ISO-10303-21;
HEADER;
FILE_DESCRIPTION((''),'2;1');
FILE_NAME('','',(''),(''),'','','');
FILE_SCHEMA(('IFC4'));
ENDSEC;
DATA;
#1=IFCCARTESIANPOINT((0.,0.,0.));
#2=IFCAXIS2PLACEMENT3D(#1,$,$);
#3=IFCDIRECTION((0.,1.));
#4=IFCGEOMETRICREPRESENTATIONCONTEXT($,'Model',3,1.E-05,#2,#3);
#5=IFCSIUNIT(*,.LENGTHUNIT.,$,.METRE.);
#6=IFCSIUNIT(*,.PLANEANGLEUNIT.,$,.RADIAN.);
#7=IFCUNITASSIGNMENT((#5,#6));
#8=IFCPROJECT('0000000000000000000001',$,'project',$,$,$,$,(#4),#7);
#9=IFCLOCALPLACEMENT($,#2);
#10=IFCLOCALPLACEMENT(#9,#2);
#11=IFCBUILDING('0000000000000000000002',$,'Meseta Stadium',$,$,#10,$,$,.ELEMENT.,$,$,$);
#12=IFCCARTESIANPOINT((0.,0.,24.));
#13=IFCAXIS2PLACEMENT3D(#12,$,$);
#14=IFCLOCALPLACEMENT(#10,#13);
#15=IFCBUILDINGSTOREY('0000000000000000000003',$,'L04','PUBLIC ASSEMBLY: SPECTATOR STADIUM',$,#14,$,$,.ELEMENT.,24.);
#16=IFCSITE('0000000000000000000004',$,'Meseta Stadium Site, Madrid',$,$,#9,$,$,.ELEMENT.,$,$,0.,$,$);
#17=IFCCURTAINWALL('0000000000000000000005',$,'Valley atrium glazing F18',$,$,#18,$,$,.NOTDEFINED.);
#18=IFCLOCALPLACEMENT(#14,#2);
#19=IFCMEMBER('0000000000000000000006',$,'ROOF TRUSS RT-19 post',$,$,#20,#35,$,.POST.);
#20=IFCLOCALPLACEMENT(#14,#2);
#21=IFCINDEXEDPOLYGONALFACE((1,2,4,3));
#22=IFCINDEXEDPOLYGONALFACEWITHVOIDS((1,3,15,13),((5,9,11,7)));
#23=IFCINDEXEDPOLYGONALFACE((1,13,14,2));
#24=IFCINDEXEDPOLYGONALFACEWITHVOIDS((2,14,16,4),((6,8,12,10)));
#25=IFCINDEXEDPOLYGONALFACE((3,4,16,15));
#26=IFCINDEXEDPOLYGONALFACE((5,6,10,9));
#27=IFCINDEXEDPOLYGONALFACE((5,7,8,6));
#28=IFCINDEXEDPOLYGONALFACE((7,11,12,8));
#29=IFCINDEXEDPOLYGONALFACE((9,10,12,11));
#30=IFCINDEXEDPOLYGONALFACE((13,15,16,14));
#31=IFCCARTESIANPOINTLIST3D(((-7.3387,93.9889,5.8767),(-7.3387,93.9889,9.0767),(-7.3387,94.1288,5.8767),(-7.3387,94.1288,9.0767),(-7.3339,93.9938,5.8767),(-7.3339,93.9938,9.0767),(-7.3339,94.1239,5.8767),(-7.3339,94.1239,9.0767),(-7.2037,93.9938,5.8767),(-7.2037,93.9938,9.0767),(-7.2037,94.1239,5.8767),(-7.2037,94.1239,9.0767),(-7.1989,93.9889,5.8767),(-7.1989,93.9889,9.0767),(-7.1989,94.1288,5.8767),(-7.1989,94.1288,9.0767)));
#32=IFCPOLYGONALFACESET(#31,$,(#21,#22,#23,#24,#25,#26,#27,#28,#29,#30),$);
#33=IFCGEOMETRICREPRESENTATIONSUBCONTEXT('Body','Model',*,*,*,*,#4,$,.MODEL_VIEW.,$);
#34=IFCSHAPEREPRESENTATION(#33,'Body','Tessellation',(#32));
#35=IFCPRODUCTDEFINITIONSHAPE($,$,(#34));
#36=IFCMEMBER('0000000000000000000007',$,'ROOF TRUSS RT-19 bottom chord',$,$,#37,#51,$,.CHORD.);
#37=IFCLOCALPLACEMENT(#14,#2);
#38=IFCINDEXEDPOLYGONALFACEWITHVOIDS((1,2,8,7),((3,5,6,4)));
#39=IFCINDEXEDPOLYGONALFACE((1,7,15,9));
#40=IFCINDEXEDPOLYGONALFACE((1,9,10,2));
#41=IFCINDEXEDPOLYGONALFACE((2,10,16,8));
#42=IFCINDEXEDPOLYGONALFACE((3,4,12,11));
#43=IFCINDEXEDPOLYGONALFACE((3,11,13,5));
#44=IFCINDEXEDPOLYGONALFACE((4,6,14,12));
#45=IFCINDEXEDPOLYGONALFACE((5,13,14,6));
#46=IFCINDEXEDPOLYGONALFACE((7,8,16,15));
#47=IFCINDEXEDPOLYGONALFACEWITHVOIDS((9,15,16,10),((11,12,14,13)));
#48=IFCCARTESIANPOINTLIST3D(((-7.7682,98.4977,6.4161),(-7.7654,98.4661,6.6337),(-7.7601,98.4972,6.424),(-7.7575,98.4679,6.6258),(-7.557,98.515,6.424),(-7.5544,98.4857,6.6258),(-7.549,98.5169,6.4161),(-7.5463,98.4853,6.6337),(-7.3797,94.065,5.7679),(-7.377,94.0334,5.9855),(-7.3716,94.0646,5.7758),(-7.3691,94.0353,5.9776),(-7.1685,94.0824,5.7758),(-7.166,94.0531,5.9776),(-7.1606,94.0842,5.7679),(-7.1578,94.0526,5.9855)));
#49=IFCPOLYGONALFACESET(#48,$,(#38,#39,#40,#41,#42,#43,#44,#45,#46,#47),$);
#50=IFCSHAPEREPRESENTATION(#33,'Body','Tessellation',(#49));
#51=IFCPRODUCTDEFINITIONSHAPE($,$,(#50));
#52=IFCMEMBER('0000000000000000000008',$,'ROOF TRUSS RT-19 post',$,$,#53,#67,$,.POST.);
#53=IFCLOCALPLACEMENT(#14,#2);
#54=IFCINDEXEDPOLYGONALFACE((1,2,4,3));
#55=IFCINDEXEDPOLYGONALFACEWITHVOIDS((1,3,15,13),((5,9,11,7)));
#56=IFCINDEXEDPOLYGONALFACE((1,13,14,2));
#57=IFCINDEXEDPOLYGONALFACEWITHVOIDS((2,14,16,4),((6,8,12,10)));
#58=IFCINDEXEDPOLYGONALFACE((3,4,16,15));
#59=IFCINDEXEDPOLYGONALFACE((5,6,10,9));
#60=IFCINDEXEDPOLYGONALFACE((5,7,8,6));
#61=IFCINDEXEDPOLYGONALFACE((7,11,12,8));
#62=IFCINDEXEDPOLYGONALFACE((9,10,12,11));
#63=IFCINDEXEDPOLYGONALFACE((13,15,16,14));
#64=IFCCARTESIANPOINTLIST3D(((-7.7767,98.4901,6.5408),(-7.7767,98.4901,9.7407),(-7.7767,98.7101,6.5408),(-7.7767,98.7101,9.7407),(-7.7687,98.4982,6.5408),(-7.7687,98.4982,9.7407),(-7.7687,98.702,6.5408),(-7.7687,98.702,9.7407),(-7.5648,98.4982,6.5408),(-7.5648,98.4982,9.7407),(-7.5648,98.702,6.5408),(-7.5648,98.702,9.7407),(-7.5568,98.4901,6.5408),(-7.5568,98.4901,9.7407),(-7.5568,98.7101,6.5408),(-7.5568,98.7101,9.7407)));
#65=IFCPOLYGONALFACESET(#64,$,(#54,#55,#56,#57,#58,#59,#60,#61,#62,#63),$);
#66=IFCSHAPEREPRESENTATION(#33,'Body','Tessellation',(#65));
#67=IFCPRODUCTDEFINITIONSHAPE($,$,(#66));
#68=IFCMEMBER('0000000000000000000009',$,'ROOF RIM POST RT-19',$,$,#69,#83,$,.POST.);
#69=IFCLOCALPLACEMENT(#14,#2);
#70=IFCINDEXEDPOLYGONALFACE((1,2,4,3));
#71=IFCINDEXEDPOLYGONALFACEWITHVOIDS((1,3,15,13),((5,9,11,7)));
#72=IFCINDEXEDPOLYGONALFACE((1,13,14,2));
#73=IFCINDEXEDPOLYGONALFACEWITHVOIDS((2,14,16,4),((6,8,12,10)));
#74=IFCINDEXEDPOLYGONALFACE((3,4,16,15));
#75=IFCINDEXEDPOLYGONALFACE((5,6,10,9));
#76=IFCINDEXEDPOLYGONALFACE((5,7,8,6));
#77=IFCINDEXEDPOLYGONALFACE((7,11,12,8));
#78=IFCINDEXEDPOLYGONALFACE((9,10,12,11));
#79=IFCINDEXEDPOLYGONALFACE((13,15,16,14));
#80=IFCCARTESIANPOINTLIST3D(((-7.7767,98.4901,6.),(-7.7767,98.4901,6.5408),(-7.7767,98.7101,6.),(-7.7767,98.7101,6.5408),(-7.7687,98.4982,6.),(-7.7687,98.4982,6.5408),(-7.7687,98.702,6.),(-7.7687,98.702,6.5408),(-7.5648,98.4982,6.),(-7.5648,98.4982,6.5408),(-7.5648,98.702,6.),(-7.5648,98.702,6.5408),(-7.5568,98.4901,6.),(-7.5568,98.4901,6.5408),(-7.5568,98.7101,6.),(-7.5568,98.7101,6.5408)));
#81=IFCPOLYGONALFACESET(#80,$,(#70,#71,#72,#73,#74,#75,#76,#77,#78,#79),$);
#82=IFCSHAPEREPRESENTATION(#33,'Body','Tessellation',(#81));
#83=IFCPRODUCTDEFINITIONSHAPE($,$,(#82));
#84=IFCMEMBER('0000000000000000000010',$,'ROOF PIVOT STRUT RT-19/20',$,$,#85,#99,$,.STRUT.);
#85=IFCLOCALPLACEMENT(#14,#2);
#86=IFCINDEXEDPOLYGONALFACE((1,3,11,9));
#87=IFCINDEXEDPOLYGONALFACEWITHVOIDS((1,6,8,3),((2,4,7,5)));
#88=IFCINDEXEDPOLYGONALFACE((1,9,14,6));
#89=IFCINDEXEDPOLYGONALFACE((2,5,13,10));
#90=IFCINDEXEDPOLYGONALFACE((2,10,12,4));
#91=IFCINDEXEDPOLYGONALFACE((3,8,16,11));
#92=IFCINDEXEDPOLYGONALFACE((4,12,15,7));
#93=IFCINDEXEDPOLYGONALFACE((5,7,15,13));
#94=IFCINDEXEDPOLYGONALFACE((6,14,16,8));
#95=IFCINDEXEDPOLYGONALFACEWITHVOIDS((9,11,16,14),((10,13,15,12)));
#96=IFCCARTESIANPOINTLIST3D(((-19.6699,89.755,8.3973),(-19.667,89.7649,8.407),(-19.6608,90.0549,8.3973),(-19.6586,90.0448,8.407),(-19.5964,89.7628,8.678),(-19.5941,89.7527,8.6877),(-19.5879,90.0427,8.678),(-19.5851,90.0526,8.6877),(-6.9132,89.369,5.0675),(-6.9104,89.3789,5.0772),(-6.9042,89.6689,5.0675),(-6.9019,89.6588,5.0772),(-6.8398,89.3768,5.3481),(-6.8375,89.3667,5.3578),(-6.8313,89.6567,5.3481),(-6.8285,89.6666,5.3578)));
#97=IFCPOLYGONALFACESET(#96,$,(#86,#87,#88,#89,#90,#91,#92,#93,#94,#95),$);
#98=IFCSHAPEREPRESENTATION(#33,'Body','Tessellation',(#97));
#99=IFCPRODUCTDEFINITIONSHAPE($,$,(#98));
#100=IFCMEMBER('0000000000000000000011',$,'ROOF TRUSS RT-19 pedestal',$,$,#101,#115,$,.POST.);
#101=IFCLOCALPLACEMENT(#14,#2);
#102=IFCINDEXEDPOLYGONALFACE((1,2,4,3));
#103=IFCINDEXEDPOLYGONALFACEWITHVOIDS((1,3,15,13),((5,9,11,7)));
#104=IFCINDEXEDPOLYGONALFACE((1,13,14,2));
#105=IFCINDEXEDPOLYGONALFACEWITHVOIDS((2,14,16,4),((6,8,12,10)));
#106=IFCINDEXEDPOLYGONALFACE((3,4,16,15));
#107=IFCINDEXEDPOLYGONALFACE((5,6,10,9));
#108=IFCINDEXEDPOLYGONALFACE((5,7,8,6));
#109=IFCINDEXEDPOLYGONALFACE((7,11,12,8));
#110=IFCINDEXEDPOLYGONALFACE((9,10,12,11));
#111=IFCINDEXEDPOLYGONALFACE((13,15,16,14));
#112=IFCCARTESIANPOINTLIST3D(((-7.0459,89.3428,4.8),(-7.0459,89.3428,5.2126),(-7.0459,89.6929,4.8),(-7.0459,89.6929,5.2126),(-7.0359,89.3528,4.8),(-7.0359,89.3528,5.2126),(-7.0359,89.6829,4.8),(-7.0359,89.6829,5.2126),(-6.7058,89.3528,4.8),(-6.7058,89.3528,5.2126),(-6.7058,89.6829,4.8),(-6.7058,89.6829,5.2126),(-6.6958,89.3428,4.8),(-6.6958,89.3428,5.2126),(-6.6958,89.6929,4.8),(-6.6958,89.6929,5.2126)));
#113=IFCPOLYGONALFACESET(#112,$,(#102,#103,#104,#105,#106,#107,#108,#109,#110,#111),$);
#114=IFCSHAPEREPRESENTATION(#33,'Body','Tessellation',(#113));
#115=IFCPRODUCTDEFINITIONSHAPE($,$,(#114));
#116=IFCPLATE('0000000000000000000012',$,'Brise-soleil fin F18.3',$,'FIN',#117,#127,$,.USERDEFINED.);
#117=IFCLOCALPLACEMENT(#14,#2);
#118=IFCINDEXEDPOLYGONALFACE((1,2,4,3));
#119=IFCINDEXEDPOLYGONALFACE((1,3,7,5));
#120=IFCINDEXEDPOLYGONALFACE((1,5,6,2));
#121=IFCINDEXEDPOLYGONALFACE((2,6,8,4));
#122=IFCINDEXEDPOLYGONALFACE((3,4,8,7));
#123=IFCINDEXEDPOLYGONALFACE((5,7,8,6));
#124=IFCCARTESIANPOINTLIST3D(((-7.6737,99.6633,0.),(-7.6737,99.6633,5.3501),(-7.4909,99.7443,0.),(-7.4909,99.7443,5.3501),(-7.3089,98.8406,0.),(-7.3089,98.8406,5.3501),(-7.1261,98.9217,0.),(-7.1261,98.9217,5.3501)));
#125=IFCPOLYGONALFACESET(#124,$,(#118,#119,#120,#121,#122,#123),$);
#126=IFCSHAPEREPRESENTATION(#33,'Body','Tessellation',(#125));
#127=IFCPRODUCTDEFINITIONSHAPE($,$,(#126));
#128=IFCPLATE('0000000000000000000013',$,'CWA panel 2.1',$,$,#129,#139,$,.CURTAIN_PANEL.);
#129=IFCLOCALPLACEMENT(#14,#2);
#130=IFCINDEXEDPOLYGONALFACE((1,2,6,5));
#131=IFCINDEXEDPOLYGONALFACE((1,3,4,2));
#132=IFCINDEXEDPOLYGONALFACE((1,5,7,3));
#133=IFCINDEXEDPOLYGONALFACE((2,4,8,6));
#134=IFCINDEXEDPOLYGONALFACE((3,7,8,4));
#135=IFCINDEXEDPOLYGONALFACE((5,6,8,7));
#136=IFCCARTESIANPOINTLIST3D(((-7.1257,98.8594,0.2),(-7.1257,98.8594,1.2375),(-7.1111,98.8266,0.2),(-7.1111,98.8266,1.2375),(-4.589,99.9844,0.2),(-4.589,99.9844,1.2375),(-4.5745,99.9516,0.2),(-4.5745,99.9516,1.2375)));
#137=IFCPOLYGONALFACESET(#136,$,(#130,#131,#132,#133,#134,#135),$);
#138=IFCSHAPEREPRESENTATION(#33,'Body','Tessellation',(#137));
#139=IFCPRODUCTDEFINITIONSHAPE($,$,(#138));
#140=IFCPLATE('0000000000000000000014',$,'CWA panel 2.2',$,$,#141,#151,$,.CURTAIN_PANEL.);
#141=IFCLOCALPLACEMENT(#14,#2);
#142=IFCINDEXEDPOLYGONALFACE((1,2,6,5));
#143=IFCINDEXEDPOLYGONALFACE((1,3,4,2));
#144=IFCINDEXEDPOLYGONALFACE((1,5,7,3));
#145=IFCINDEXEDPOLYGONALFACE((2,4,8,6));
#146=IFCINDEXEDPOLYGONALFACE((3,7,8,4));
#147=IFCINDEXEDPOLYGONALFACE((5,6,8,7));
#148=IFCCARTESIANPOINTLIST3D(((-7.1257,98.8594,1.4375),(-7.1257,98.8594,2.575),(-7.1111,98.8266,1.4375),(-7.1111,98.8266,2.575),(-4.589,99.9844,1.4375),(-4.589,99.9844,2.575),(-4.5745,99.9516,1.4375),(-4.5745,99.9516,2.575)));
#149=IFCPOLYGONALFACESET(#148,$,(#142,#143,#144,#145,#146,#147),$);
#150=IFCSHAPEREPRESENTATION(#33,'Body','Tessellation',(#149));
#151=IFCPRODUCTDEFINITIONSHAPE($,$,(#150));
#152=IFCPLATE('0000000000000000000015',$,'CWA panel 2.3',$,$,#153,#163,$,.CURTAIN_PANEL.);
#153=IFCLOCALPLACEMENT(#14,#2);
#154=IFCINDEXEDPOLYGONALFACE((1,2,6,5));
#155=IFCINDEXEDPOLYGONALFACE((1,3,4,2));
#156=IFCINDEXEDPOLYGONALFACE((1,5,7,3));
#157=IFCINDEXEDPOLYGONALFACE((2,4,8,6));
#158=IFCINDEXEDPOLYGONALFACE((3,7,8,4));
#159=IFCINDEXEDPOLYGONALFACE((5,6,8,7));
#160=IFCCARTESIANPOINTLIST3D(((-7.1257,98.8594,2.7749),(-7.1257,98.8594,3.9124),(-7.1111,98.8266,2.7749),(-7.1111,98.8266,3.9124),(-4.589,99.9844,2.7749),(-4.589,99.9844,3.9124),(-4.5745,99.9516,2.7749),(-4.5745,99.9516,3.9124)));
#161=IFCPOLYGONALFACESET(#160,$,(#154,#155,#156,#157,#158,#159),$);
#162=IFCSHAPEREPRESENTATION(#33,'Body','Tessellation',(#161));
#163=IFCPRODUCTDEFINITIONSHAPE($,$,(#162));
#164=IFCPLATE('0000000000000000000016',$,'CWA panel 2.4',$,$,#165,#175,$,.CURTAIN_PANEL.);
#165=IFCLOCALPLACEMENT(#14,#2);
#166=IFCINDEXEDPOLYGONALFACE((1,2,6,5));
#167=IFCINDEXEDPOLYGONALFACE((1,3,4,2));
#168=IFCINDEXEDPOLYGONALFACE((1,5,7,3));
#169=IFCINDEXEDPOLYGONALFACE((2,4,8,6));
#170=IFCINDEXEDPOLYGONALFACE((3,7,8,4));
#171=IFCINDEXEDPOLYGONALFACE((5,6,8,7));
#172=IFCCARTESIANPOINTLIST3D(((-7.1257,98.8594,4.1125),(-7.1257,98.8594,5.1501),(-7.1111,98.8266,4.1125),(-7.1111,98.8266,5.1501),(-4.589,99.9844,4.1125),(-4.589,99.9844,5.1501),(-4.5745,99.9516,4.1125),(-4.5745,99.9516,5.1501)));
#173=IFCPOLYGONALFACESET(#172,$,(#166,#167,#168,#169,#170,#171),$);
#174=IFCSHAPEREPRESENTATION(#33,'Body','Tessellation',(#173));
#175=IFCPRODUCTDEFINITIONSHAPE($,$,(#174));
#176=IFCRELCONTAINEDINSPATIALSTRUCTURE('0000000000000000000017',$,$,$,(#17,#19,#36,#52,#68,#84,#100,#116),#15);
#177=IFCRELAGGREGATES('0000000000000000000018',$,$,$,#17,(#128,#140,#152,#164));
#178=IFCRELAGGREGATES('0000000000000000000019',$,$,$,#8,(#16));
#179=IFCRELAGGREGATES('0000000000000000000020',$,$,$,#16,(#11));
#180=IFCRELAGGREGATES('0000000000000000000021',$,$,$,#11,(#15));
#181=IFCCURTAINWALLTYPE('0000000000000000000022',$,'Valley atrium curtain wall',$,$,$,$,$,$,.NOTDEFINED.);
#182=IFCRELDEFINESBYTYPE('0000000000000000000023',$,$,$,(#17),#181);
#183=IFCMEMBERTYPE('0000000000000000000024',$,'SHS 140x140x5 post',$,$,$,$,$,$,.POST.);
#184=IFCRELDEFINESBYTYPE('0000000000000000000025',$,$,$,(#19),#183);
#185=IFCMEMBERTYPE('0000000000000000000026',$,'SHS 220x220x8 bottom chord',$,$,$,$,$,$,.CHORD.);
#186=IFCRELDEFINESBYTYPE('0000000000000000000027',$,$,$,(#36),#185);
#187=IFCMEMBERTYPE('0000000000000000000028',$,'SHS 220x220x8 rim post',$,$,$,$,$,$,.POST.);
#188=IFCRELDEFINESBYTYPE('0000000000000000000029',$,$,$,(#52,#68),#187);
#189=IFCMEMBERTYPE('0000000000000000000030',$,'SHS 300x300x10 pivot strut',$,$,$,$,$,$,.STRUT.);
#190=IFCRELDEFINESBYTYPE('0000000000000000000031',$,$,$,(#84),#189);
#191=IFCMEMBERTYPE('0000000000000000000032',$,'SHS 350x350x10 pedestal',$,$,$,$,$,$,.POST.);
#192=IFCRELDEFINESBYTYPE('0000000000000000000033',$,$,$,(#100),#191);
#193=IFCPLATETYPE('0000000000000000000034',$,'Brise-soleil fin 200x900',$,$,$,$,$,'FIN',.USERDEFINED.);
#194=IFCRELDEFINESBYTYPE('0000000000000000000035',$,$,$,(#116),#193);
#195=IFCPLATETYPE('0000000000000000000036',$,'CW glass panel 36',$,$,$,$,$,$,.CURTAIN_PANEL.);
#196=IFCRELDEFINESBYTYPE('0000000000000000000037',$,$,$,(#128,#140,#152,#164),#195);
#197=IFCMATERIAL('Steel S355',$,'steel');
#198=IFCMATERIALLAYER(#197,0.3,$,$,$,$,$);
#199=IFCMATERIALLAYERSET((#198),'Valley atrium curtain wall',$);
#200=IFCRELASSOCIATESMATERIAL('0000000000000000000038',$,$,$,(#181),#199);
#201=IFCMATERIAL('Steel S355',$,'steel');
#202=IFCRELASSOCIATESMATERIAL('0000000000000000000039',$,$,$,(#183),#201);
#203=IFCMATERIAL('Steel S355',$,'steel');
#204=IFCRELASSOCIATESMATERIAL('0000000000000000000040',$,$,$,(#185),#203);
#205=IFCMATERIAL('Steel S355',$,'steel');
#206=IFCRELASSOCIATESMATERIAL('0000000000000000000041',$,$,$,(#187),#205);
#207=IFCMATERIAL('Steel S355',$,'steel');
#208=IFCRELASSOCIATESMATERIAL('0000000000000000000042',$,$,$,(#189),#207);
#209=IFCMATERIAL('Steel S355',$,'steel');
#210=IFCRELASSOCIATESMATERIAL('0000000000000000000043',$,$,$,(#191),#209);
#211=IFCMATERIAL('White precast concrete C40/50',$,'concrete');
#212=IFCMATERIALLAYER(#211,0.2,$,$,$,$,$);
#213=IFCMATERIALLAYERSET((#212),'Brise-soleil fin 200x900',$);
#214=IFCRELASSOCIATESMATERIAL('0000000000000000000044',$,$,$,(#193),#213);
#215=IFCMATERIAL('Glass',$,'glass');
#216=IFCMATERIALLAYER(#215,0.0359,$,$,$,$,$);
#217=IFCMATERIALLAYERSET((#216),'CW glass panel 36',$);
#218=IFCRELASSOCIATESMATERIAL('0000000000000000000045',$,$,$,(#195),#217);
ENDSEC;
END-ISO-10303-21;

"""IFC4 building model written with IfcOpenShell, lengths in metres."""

from ifc_helpers import new_model, si_unit, direction, frame, origin, origin_2d, place, context, subcontext, project, spatial, rectangle, hollow_rectangle, extrude, material, layer, layer_set, material_profile, profile_set, type_object, element, aggregate, save


model = new_model("IFC4")

# Units and contexts
model_context = context("Model", 3, precision=1e-05, world=origin(), true_north=direction((0.0, 1.0)))
body_context = subcontext(model_context, "Body", "Model", "MODEL_VIEW")
ifc_project = project(units=[si_unit("LENGTHUNIT", "METRE"), si_unit("PLANEANGLEUNIT", "RADIAN")], contexts=[model_context])

# Site, building, storey
site_placement = place(None, origin())
site = spatial("IfcSite", under=ifc_project, at=site_placement, Name="Meseta Stadium Site, Madrid", CompositionType="ELEMENT", RefElevation=0.0)
building_placement = place(site_placement, origin())
building = spatial("IfcBuilding", under=site, at=building_placement, Name="Meseta Stadium", CompositionType="ELEMENT")
storey_placement = place(building_placement, frame((0.0, 0.0, 24.0)))
storey = spatial("IfcBuildingStorey", under=building, at=storey_placement, Name="L04", Description="PUBLIC ASSEMBLY: SPECTATOR STADIUM", CompositionType="ELEMENT", Elevation=24.0)

# Curtain wall
ifc_material_1 = material(Name="Steel S355", Category="steel")
ifc_layer_1 = layer(ifc_material_1, 0.3)
ifc_layer_set_1 = layer_set([ifc_layer_1], Name="Valley atrium curtain wall")
curtain_wall_type = type_object("IfcCurtainWallType", Name="Valley atrium curtain wall", PredefinedType="NOTDEFINED", material=ifc_layer_set_1)
curtain_wall_placement = place(storey_placement, origin())
curtain_wall = element("IfcCurtainWall", 1, at=curtain_wall_placement, inside=storey, type_object=curtain_wall_type, Name="Valley atrium glazing F18", PredefinedType="NOTDEFINED")

# Members
ifc_material_2 = material(Name="Steel S355", Category="steel")
ifc_material_profile_1 = material_profile(ifc_material_2, hollow_rectangle(XDim=0.1399, YDim=0.1399, WallThickness=0.0049, at=origin_2d()), Name="SHS 140x140x5")
ifc_profile_set_1 = profile_set([ifc_material_profile_1], Name="Steel S355")
member_type_1 = type_object("IfcMemberType", Name="SHS 140x140x5 post", PredefinedType="POST", material=ifc_profile_set_1)
member_1_placement = place(storey_placement, frame((-7.2688, 94.0588, 5.8767), z_axis=(0.0, 0.0, 1.0), x_axis=(1.0, 0.0, 0.0)))
element("IfcMember", 2, at=member_1_placement, inside=storey, type_object=member_type_1, Name="ROOF TRUSS RT-19 post", PredefinedType="POST", context=body_context, shape_type="SweptSolid", body=[
    extrude(hollow_rectangle(XDim=0.1399, YDim=0.1399, WallThickness=0.0049, at=origin_2d()), origin(), (0.0, 0.0, 1.0), 3.2),
])
ifc_material_3 = material(Name="Steel S355", Category="steel")
ifc_material_profile_2 = material_profile(ifc_material_3, hollow_rectangle(XDim=0.22, YDim=0.22, WallThickness=0.0081, at=origin_2d()), Name="SHS 220x220x8")
ifc_profile_set_2 = profile_set([ifc_material_profile_2], Name="Steel S355")
member_type_2 = type_object("IfcMemberType", Name="SHS 220x220x8 bottom chord", PredefinedType="CHORD", material=ifc_profile_set_2)
member_2_placement = place(storey_placement, frame((-7.2688, 94.0588, 5.8767), z_axis=(-0.086383, 0.985778, 0.144153), x_axis=(-0.996183, -0.087295, 0.0)))
element("IfcMember", 3, at=member_2_placement, inside=storey, type_object=member_type_2, Name="ROOF TRUSS RT-19 bottom chord", PredefinedType="CHORD", context=body_context, shape_type="SweptSolid", body=[
    extrude(hollow_rectangle(XDim=0.22, YDim=0.22, WallThickness=0.0081, at=origin_2d()), origin(), (0.0, 0.0, 1.0), 4.4966),
])
ifc_material_4 = material(Name="Steel S355", Category="steel")
ifc_material_profile_3 = material_profile(ifc_material_4, hollow_rectangle(XDim=0.22, YDim=0.22, WallThickness=0.0081, at=origin_2d()), Name="SHS 220x220x8")
ifc_profile_set_3 = profile_set([ifc_material_profile_3], Name="Steel S355")
member_type_3 = type_object("IfcMemberType", Name="SHS 220x220x8 rim post", PredefinedType="POST", material=ifc_profile_set_3)
member_3_placement = place(storey_placement, frame((-7.6667, 98.6001, 6.5408), z_axis=(0.0, 0.0, 1.0), x_axis=(1.0, 0.0, 0.0)))
element("IfcMember", 4, at=member_3_placement, inside=storey, type_object=member_type_3, Name="ROOF TRUSS RT-19 post", PredefinedType="POST", context=body_context, shape_type="SweptSolid", body=[
    extrude(hollow_rectangle(XDim=0.22, YDim=0.22, WallThickness=0.0081, at=origin_2d()), origin(), (0.0, 0.0, 1.0), 3.2),
])
member_4_placement = place(storey_placement, frame((-7.6667, 98.6001, 6.0), z_axis=(0.0, 0.0, 1.0), x_axis=(1.0, 0.0, 0.0)))
element("IfcMember", 5, at=member_4_placement, inside=storey, type_object=member_type_3, Name="ROOF RIM POST RT-19", PredefinedType="POST", context=body_context, shape_type="SweptSolid", body=[
    extrude(hollow_rectangle(XDim=0.22, YDim=0.22, WallThickness=0.0081, at=origin_2d()), origin(), (0.0, 0.0, 1.0), 0.5408),
])
ifc_material_5 = material(Name="Steel S355", Category="steel")
ifc_material_profile_4 = material_profile(ifc_material_5, hollow_rectangle(XDim=0.3, YDim=0.3, WallThickness=0.01, at=origin_2d()), Name="SHS 300x300x10")
ifc_profile_set_4 = profile_set([ifc_material_profile_4], Name="Steel S355")
member_type_4 = type_object("IfcMemberType", Name="SHS 300x300x10 pivot strut", PredefinedType="STRUT", material=ifc_profile_set_4)
member_5_placement = place(storey_placement, frame((-6.8708, 89.5178, 5.2126), z_axis=(-0.967165, 0.029264, 0.252458), x_axis=(-0.030244, -0.999543, 0.0)))
element("IfcMember", 6, at=member_5_placement, inside=storey, type_object=member_type_4, Name="ROOF PIVOT STRUT RT-19/20", PredefinedType="STRUT", context=body_context, shape_type="SweptSolid", body=[
    extrude(hollow_rectangle(XDim=0.3, YDim=0.3, WallThickness=0.01, at=origin_2d()), origin(), (0.0, 0.0, 1.0), 13.1897),
])
ifc_material_6 = material(Name="Steel S355", Category="steel")
ifc_material_profile_5 = material_profile(ifc_material_6, hollow_rectangle(XDim=0.3501, YDim=0.3501, WallThickness=0.01, at=origin_2d()), Name="SHS 350x350x10")
ifc_profile_set_5 = profile_set([ifc_material_profile_5], Name="Steel S355")
member_type_5 = type_object("IfcMemberType", Name="SHS 350x350x10 pedestal", PredefinedType="POST", material=ifc_profile_set_5)
member_6_placement = place(storey_placement, frame((-6.8708, 89.5178, 4.8), z_axis=(0.0, 0.0, 1.0), x_axis=(1.0, 0.0, 0.0)))
element("IfcMember", 7, at=member_6_placement, inside=storey, type_object=member_type_5, Name="ROOF TRUSS RT-19 pedestal", PredefinedType="POST", context=body_context, shape_type="SweptSolid", body=[
    extrude(hollow_rectangle(XDim=0.3501, YDim=0.3501, WallThickness=0.01, at=origin_2d()), origin(), (0.0, 0.0, 1.0), 0.4126),
])

# Plates
ifc_material_7 = material(Name="White precast concrete C40/50", Category="concrete")
ifc_layer_2 = layer(ifc_material_7, 0.2)
ifc_layer_set_2 = layer_set([ifc_layer_2], Name="Brise-soleil fin 200x900")
plate_type_1 = type_object("IfcPlateType", Name="Brise-soleil fin 200x900", ElementType="FIN", PredefinedType="USERDEFINED", material=ifc_layer_set_2)
plate_1_placement = place(storey_placement, frame((-7.3999, 99.2925, 0.0), z_axis=(0.0, 0.0, 1.0), x_axis=(-0.914139, -0.405401, 0.0)))
element("IfcPlate", 8, at=plate_1_placement, inside=storey, type_object=plate_type_1, Name="Brise-soleil fin F18.3", ObjectType="FIN", PredefinedType="USERDEFINED", context=body_context, shape_type="SweptSolid", body=[
    extrude(rectangle(XDim=0.2, YDim=0.8999, at=origin_2d()), origin(), (0.0, 0.0, 1.0), 5.3501),
])
ifc_material_8 = material(Name="Glass", Category="glass")
ifc_layer_3 = layer(ifc_material_8, 0.0359)
ifc_layer_set_3 = layer_set([ifc_layer_3], Name="CW glass panel 36")
plate_type_2 = type_object("IfcPlateType", Name="CW glass panel 36", PredefinedType="CURTAIN_PANEL", material=ifc_layer_set_3)
plate_2_placement = place(storey_placement, frame((-5.8501, 99.4055, 0.2), z_axis=(0.0, 0.0, 1.0), x_axis=(-0.914139, -0.405401, 0.0)))
plate_2 = element("IfcPlate", 9, at=plate_2_placement, type_object=plate_type_2, Name="CWA panel 2.1", PredefinedType="CURTAIN_PANEL", context=body_context, shape_type="SweptSolid", body=[
    extrude(rectangle(XDim=2.7749, YDim=0.0359, at=origin_2d()), origin(), (0.0, 0.0, 1.0), 1.0376),
])
plate_3_placement = place(storey_placement, frame((-5.8501, 99.4055, 1.4375), z_axis=(0.0, 0.0, 1.0), x_axis=(-0.914139, -0.405401, 0.0)))
plate_3 = element("IfcPlate", 10, at=plate_3_placement, type_object=plate_type_2, Name="CWA panel 2.2", PredefinedType="CURTAIN_PANEL", context=body_context, shape_type="SweptSolid", body=[
    extrude(rectangle(XDim=2.7749, YDim=0.0359, at=origin_2d()), origin(), (0.0, 0.0, 1.0), 1.1375),
])
plate_4_placement = place(storey_placement, frame((-5.8501, 99.4055, 2.7749), z_axis=(0.0, 0.0, 1.0), x_axis=(-0.914139, -0.405401, 0.0)))
plate_4 = element("IfcPlate", 11, at=plate_4_placement, type_object=plate_type_2, Name="CWA panel 2.3", PredefinedType="CURTAIN_PANEL", context=body_context, shape_type="SweptSolid", body=[
    extrude(rectangle(XDim=2.7749, YDim=0.0359, at=origin_2d()), origin(), (0.0, 0.0, 1.0), 1.1375),
])
plate_5_placement = place(storey_placement, frame((-5.8501, 99.4055, 4.1125), z_axis=(0.0, 0.0, 1.0), x_axis=(-0.914139, -0.405401, 0.0)))
plate_5 = element("IfcPlate", 12, at=plate_5_placement, type_object=plate_type_2, Name="CWA panel 2.4", PredefinedType="CURTAIN_PANEL", context=body_context, shape_type="SweptSolid", body=[
    extrude(rectangle(XDim=2.7749, YDim=0.0359, at=origin_2d()), origin(), (0.0, 0.0, 1.0), 1.0376),
])
aggregate(curtain_wall, [plate_2, plate_3, plate_4, plate_5])

save(model, "model.ifc")
